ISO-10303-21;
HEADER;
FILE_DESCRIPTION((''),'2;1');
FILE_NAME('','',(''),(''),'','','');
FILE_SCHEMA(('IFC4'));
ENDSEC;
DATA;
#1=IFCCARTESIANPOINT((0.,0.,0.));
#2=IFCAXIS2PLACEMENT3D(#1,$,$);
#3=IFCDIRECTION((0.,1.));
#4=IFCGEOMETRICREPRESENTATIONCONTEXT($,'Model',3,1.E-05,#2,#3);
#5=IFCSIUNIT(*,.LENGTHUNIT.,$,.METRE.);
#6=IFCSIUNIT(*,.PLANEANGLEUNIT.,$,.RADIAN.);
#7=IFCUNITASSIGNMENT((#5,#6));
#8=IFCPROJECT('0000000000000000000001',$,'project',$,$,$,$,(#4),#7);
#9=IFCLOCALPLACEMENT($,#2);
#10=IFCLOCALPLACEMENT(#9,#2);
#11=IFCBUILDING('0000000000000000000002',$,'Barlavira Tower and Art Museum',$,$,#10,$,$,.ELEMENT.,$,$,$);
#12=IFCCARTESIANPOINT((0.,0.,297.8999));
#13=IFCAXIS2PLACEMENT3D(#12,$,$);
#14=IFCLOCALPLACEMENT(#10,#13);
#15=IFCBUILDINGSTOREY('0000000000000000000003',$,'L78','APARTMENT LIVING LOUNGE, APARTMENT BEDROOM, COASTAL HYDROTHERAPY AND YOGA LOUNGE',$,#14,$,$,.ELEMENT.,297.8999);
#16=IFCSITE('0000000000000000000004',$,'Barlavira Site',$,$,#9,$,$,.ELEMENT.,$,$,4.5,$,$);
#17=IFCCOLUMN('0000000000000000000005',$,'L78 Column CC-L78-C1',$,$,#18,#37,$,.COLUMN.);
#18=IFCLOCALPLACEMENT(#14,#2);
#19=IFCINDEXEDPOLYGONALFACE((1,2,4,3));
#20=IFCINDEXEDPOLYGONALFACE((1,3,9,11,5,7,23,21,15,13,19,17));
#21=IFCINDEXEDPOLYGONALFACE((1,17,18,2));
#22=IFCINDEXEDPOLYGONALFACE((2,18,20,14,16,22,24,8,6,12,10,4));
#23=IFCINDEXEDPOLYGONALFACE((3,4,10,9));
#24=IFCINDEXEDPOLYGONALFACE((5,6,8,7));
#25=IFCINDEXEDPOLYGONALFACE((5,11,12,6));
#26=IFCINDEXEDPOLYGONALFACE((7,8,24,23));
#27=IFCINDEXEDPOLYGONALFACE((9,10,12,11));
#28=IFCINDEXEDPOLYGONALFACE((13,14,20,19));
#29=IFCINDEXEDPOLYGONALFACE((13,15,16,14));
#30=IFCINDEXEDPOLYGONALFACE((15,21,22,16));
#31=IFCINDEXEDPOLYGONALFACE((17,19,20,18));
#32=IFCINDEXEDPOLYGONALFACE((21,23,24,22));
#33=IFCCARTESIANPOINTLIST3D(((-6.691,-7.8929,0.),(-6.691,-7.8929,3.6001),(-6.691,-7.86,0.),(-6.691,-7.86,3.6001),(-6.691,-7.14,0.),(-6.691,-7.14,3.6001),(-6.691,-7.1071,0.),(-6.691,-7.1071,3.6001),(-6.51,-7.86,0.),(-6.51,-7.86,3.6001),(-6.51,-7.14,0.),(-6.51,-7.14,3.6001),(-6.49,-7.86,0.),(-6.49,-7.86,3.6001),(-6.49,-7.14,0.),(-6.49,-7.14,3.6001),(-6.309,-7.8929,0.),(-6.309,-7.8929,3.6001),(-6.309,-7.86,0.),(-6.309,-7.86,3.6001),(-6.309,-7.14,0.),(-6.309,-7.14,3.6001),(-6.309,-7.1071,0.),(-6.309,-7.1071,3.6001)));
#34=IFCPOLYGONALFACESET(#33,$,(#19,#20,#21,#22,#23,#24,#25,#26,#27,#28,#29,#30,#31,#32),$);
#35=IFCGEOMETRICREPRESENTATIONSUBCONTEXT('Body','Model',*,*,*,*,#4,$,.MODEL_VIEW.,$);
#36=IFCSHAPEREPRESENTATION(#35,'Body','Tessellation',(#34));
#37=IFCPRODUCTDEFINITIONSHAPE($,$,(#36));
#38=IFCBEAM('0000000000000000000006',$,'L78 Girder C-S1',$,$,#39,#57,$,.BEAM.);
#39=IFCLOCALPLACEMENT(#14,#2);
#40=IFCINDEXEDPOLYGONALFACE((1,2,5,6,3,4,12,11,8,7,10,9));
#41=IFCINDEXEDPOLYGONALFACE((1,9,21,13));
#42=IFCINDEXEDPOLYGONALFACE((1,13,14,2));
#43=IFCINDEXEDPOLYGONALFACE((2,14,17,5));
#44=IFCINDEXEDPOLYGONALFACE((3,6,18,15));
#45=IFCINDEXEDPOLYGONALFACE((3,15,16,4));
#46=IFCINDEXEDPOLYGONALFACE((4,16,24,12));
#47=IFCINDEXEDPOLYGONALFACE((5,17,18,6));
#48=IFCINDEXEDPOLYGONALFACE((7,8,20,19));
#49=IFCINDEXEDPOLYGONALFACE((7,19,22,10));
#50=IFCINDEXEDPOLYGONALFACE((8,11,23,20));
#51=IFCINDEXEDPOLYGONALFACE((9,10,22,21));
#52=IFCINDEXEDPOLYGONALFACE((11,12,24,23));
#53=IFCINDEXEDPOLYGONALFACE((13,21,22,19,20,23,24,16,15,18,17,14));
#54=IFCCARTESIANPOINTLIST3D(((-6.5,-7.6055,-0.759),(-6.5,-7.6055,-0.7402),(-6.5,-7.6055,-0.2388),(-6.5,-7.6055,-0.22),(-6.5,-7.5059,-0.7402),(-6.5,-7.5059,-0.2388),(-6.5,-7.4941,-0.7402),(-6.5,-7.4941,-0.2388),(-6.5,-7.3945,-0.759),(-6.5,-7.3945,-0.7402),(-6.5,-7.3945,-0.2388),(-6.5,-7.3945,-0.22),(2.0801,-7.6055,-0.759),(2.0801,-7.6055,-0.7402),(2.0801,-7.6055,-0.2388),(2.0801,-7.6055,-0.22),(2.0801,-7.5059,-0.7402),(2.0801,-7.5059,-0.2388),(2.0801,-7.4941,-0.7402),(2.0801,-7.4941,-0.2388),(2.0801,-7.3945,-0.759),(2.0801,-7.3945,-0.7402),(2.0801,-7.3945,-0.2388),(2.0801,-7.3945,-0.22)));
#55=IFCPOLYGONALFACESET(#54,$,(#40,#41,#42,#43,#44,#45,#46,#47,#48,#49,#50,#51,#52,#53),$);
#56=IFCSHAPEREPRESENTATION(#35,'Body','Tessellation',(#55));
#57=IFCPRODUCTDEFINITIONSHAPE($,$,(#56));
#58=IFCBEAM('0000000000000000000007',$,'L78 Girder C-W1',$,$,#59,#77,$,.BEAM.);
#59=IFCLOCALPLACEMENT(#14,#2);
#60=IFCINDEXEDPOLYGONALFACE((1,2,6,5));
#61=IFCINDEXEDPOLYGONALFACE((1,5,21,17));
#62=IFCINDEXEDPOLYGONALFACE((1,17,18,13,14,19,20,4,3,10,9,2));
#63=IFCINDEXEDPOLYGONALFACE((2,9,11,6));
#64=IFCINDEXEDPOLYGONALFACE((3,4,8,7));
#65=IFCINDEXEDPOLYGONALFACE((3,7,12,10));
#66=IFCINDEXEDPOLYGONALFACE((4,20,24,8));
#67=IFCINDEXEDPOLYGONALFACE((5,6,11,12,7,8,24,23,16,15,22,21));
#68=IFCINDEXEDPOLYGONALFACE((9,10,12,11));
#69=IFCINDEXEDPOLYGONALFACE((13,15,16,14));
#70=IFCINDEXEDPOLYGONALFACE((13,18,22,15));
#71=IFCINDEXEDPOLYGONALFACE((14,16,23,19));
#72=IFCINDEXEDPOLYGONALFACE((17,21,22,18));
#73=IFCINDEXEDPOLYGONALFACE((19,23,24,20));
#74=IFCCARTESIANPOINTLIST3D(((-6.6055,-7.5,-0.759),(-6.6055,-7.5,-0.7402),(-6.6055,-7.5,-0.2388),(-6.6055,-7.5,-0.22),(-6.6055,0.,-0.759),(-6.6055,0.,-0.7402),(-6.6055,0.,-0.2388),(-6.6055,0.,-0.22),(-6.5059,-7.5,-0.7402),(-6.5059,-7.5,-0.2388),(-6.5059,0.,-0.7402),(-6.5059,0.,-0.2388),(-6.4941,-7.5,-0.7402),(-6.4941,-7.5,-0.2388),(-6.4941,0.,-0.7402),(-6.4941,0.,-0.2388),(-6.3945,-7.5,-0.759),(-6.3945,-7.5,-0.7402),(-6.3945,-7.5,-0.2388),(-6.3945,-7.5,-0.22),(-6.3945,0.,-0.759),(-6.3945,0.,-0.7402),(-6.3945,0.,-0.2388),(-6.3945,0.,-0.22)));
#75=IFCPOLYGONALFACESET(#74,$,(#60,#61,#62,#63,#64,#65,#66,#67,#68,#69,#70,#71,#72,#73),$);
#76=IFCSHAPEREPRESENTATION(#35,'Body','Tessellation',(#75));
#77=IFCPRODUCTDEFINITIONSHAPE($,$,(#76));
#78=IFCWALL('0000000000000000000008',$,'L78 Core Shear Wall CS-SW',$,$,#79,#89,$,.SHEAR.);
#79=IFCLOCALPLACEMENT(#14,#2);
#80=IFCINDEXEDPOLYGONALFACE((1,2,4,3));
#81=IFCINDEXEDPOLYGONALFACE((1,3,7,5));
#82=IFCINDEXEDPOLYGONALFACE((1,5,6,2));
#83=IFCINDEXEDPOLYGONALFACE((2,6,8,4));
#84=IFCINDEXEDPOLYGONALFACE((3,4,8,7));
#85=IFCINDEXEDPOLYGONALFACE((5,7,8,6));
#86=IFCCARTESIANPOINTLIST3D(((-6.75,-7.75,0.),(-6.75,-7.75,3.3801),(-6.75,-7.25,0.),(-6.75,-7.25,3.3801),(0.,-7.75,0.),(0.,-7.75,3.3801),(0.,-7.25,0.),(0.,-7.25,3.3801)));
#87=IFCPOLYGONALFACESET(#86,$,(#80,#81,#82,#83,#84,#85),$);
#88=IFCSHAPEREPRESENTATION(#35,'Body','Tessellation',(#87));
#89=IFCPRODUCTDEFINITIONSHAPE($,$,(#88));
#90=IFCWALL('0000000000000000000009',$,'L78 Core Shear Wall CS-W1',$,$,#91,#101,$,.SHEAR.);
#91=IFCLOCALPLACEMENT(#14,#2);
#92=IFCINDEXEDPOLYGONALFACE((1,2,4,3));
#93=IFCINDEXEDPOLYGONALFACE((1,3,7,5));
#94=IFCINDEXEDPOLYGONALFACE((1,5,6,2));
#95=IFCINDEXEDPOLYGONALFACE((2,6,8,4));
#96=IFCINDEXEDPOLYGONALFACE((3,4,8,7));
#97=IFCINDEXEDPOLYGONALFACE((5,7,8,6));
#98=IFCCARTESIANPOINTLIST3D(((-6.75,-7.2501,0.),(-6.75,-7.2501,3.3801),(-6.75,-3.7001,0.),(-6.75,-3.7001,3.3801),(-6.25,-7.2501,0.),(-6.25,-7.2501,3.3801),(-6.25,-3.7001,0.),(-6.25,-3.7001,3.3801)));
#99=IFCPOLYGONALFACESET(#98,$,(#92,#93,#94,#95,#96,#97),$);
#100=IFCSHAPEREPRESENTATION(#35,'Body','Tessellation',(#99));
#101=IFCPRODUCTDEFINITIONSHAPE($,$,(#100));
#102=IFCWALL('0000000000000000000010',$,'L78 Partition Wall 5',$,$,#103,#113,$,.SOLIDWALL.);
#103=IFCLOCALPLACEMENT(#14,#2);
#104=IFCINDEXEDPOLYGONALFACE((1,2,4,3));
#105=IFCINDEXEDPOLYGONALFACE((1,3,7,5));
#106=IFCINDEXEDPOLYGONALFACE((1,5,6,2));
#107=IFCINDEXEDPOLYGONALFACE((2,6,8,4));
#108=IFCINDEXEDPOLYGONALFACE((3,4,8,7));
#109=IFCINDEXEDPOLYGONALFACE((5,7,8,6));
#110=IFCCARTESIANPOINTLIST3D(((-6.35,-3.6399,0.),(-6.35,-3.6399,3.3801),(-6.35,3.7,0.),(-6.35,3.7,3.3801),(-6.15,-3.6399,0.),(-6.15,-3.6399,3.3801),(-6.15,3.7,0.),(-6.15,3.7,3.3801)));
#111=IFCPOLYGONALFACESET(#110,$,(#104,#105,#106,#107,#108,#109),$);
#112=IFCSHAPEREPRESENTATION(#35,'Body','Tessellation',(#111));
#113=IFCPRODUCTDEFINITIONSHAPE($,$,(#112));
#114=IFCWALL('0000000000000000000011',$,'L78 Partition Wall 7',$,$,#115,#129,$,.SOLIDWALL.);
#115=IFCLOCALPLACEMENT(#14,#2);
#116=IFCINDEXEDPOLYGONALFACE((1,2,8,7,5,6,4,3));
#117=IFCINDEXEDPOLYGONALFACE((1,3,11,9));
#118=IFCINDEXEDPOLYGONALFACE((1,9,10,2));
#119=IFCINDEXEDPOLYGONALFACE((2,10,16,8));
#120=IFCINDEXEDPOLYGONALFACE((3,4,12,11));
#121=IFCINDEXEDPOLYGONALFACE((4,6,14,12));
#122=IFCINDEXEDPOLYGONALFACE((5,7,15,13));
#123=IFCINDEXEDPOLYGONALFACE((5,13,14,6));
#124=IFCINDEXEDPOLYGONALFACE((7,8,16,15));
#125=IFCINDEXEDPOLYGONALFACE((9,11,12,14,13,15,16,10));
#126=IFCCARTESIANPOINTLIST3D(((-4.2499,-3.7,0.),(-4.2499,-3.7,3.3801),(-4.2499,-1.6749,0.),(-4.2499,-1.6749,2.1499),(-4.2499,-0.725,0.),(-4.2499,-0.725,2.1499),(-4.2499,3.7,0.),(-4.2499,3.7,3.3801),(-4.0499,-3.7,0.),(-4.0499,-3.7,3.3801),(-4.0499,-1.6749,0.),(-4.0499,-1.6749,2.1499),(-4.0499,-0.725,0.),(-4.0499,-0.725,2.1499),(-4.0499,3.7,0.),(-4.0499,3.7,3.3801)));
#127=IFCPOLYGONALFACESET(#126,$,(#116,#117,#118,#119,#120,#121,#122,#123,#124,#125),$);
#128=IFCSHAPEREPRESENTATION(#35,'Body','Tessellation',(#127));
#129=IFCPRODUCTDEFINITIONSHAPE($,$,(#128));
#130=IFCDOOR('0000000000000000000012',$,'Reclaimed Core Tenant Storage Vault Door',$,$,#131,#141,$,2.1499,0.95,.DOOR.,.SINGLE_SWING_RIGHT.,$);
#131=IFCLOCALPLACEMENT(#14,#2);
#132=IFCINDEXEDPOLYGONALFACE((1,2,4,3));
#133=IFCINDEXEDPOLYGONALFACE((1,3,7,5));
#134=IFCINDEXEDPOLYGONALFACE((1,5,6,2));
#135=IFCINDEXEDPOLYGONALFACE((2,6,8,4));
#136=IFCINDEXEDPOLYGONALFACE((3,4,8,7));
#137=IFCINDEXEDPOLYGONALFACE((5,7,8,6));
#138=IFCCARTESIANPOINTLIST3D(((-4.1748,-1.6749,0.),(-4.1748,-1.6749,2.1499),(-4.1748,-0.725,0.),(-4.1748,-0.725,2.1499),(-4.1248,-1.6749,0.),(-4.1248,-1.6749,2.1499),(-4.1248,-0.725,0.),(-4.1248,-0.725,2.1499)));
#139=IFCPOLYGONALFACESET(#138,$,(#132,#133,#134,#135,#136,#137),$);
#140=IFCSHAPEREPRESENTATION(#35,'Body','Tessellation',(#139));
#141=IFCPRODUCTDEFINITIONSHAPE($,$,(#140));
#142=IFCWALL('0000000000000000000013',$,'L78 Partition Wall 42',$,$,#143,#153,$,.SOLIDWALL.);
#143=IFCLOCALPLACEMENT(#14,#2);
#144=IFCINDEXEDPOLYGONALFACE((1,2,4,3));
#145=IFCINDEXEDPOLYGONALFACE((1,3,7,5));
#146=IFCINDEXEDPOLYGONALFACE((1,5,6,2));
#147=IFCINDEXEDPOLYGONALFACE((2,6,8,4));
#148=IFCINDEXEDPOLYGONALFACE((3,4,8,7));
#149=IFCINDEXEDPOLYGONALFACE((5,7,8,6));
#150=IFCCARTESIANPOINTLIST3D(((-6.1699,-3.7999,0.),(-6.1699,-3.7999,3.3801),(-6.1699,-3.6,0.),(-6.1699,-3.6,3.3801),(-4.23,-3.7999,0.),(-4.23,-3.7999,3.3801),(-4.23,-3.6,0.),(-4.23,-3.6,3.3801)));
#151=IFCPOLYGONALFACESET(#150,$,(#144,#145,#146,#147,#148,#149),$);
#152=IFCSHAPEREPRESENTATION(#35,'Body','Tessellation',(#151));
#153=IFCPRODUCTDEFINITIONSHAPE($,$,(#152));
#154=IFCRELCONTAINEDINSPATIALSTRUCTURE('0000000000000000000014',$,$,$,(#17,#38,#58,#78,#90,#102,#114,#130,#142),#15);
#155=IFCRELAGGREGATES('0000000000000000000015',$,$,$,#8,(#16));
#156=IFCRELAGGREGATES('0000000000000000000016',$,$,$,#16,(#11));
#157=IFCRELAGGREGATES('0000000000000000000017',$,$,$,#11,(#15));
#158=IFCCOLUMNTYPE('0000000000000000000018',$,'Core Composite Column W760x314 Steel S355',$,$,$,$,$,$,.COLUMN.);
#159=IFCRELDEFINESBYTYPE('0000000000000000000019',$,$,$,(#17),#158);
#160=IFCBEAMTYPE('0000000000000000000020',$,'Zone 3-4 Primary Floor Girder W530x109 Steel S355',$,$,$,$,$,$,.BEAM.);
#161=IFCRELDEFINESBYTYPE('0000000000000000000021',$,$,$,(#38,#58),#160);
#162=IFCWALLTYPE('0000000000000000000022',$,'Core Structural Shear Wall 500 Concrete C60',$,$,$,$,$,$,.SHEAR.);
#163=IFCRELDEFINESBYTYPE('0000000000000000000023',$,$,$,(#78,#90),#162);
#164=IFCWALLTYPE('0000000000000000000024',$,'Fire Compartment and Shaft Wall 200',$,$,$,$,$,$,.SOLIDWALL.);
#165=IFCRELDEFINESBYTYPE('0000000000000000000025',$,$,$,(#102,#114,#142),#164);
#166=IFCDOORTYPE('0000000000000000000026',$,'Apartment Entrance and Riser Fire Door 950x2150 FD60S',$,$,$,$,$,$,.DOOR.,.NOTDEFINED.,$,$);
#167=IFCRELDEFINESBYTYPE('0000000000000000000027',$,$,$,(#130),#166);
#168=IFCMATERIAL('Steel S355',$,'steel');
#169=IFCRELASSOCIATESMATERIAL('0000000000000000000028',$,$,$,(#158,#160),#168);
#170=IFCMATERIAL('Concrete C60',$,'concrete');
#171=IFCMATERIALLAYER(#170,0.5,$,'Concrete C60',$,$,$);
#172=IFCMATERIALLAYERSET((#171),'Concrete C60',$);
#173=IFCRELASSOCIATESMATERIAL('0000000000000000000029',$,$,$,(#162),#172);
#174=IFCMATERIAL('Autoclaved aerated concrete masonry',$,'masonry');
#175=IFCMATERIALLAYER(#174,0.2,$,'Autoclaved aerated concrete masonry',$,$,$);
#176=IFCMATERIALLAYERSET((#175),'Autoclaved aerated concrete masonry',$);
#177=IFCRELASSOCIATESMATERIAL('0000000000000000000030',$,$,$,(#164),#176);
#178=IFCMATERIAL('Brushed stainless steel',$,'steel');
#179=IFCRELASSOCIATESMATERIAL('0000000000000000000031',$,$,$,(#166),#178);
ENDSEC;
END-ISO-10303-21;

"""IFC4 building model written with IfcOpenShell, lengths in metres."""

from ifc_helpers import new_model, si_unit, direction, frame, frame_2d, origin, origin_2d, place, context, subcontext, project, spatial, rectangle, i_section, extrude, material, layer, layer_set, material_profile, profile_set, type_object, element, fill, save


model = new_model("IFC4")

# Units and contexts
model_context = context("Model", 3, precision=1e-05, world=origin(), true_north=direction((0.0, 1.0)))
body_context = subcontext(model_context, "Body", "Model", "MODEL_VIEW")
ifc_project = project(units=[si_unit("LENGTHUNIT", "METRE"), si_unit("PLANEANGLEUNIT", "RADIAN")], contexts=[model_context])

# Site, building, storey
site_placement = place(None, origin())
site = spatial("IfcSite", under=ifc_project, at=site_placement, Name="Barlavira Site", CompositionType="ELEMENT", RefElevation=4.5)
building_placement = place(site_placement, origin())
building = spatial("IfcBuilding", under=site, at=building_placement, Name="Barlavira Tower and Art Museum", CompositionType="ELEMENT")
storey_placement = place(building_placement, frame((0.0, 0.0, 297.8999)))
storey = spatial("IfcBuildingStorey", under=building, at=storey_placement, Name="L78", Description="APARTMENT LIVING LOUNGE, APARTMENT BEDROOM, COASTAL HYDROTHERAPY AND YOGA LOUNGE", CompositionType="ELEMENT", Elevation=297.8999)

# Column
ifc_material_1 = material(Name="Steel S355", Category="steel")
ifc_material_profile_1 = material_profile(ifc_material_1, i_section(OverallWidth=0.3821, OverallDepth=0.7859, WebThickness=0.02, FlangeThickness=0.033, at=origin_2d()), Name="W760x314.0")
ifc_profile_set_1 = profile_set([ifc_material_profile_1], Name="Steel S355")
column_type = type_object("IfcColumnType", Name="Core Composite Column W760x314 Steel S355", PredefinedType="COLUMN", material=ifc_profile_set_1)
column_placement = place(storey_placement, frame((-6.5, -7.5, 0.0), z_axis=(0.0, 0.0, 1.0), x_axis=(1.0, 0.0, 0.0)))
element("IfcColumn", 1, at=column_placement, inside=storey, type_object=column_type, Name="L78 Column CC-L78-C1", PredefinedType="COLUMN", context=body_context, shape_type="SweptSolid", body=[
    extrude(i_section(OverallWidth=0.3821, OverallDepth=0.7859, WebThickness=0.02, FlangeThickness=0.033, at=origin_2d()), origin(), (0.0, 0.0, 1.0), 3.6001),
])

# Beams
ifc_material_profile_2 = material_profile(ifc_material_1, i_section(OverallWidth=0.2109, OverallDepth=0.5391, WebThickness=0.0117, FlangeThickness=0.0188, at=origin_2d()), Name="W530x109.0")
ifc_profile_set_2 = profile_set([ifc_material_profile_2], Name="Steel S355")
beam_type = type_object("IfcBeamType", Name="Zone 3-4 Primary Floor Girder W530x109 Steel S355", PredefinedType="BEAM", material=ifc_profile_set_2)
beam_1_placement = place(storey_placement, frame((-6.5, -7.5, -0.4895), z_axis=(1.0, 0.0, 0.0), x_axis=(0.0, 1.0, 0.0)))
element("IfcBeam", 2, at=beam_1_placement, inside=storey, type_object=beam_type, Name="L78 Girder C-S1", PredefinedType="BEAM", context=body_context, shape_type="SweptSolid", body=[
    extrude(i_section(OverallWidth=0.2109, OverallDepth=0.5391, WebThickness=0.0117, FlangeThickness=0.0188, at=origin_2d()), origin(), (0.0, 0.0, 1.0), 8.5801),
])
beam_2_placement = place(storey_placement, frame((-6.5, -7.5, -0.4895), z_axis=(0.0, 1.0, 0.0), x_axis=(-1.0, 0.0, 0.0)))
element("IfcBeam", 3, at=beam_2_placement, inside=storey, type_object=beam_type, Name="L78 Girder C-W1", PredefinedType="BEAM", context=body_context, shape_type="SweptSolid", body=[
    extrude(i_section(OverallWidth=0.2109, OverallDepth=0.5391, WebThickness=0.0117, FlangeThickness=0.0188, at=origin_2d()), origin(), (0.0, 0.0, 1.0), 7.5),
])

# Walls
ifc_material_2 = material(Name="Concrete C60", Category="concrete")
ifc_layer_1 = layer(ifc_material_2, 0.5, Name="Concrete C60")
ifc_layer_set_1 = layer_set([ifc_layer_1], Name="Concrete C60")
wall_type_1 = type_object("IfcWallType", Name="Core Structural Shear Wall 500 Concrete C60", PredefinedType="SHEAR", material=ifc_layer_set_1)
wall_1_placement = place(storey_placement, frame((-6.75, -7.5, 0.0), z_axis=(0.0, 0.0, 1.0), x_axis=(1.0, 0.0, 0.0)))
element("IfcWall", 4, at=wall_1_placement, inside=storey, type_object=wall_type_1, Name="L78 Core Shear Wall CS-SW", PredefinedType="SHEAR", context=body_context, shape_type="SweptSolid", body=[
    extrude(rectangle(XDim=6.75, YDim=0.5, at=frame_2d((3.375, 0.0))), origin(), (0.0, 0.0, 1.0), 3.3801),
])
wall_2_placement = place(storey_placement, frame((-6.5, -7.25, 0.0), z_axis=(0.0, 0.0, 1.0), x_axis=(0.0, 1.0, 0.0)))
element("IfcWall", 5, at=wall_2_placement, inside=storey, type_object=wall_type_1, Name="L78 Core Shear Wall CS-W1", PredefinedType="SHEAR", context=body_context, shape_type="SweptSolid", body=[
    extrude(rectangle(XDim=3.55, YDim=0.5, at=frame_2d((1.7749, 0.0))), origin(), (0.0, 0.0, 1.0), 3.3801),
])
ifc_material_3 = material(Name="Autoclaved aerated concrete masonry", Category="masonry")
ifc_layer_2 = layer(ifc_material_3, 0.2, Name="Autoclaved aerated concrete masonry")
ifc_layer_set_2 = layer_set([ifc_layer_2], Name="Autoclaved aerated concrete masonry")
wall_type_2 = type_object("IfcWallType", Name="Fire Compartment and Shaft Wall 200", PredefinedType="SOLIDWALL", material=ifc_layer_set_2)
wall_3_placement = place(storey_placement, frame((-6.25, -3.6399, 0.0), z_axis=(0.0, 0.0, 1.0), x_axis=(0.0, 1.0, 0.0)))
element("IfcWall", 6, at=wall_3_placement, inside=storey, type_object=wall_type_2, Name="L78 Partition Wall 5", PredefinedType="SOLIDWALL", context=body_context, shape_type="SweptSolid", body=[
    extrude(rectangle(XDim=7.3398, YDim=0.2, at=frame_2d((3.6699, 0.0))), origin(), (0.0, 0.0, 1.0), 3.3801),
])

# Wall, opening, door
wall_4_placement = place(storey_placement, frame((-4.1499, -3.7, 0.0), z_axis=(0.0, 0.0, 1.0), x_axis=(0.0, 1.0, 0.0)))
wall_4 = element("IfcWall", 7, at=wall_4_placement, inside=storey, type_object=wall_type_2, Name="L78 Partition Wall 7", PredefinedType="SOLIDWALL", context=body_context, shape_type="SweptSolid", body=[
    extrude(rectangle(XDim=7.3999, YDim=0.2, at=frame_2d((3.7, 0.0))), origin(), (0.0, 0.0, 1.0), 3.3801),
])
opening_1_placement = place(wall_4_placement, frame((2.0249, 0.0, 0.0)))
opening_1 = element("IfcOpeningElement", 8, at=opening_1_placement, cuts=wall_4, PredefinedType="OPENING", context=body_context, shape_type="SweptSolid", body=[
    extrude(rectangle(XDim=0.95, YDim=2.1499, at=frame_2d((0.4751, 1.075))), frame((0.0, 0.1099, 0.0), z_axis=(0.0, -1.0, 0.0), x_axis=(1.0, 0.0, 0.0)), (0.0, 0.0, 1.0), 0.22),
])
ifc_material_4 = material(Name="Brushed stainless steel", Category="steel")
door_type = type_object("IfcDoorType", Name="Apartment Entrance and Riser Fire Door 950x2150 FD60S", OperationType="NOTDEFINED", PredefinedType="DOOR", material=ifc_material_4)
door_1_placement = place(opening_1_placement, origin())
door_1 = element("IfcDoor", 9, at=door_1_placement, inside=storey, type_object=door_type, Name="Reclaimed Core Tenant Storage Vault Door", OperationType="SINGLE_SWING_RIGHT", OverallHeight=2.1499, OverallWidth=0.95, PredefinedType="DOOR", context=body_context, shape_type="SweptSolid", body=[
    extrude(rectangle(XDim=0.95, YDim=2.1499, at=frame_2d((0.4751, 1.075))), frame((0.0, 0.0249, 0.0), z_axis=(0.0, -1.0, 0.0), x_axis=(1.0, 0.0, 0.0)), (0.0, 0.0, 1.0), 0.05),
])
fill(opening_1, door_1)

# Wall
wall_5_placement = place(storey_placement, frame((-6.1699, -3.7, 0.0), z_axis=(0.0, 0.0, 1.0), x_axis=(1.0, 0.0, 0.0)))
element("IfcWall", 10, at=wall_5_placement, inside=storey, type_object=wall_type_2, Name="L78 Partition Wall 42", PredefinedType="SOLIDWALL", context=body_context, shape_type="SweptSolid", body=[
    extrude(rectangle(XDim=1.9399, YDim=0.2, at=frame_2d((0.97, 0.0))), origin(), (0.0, 0.0, 1.0), 3.3801),
])

save(model, "model.ifc")
